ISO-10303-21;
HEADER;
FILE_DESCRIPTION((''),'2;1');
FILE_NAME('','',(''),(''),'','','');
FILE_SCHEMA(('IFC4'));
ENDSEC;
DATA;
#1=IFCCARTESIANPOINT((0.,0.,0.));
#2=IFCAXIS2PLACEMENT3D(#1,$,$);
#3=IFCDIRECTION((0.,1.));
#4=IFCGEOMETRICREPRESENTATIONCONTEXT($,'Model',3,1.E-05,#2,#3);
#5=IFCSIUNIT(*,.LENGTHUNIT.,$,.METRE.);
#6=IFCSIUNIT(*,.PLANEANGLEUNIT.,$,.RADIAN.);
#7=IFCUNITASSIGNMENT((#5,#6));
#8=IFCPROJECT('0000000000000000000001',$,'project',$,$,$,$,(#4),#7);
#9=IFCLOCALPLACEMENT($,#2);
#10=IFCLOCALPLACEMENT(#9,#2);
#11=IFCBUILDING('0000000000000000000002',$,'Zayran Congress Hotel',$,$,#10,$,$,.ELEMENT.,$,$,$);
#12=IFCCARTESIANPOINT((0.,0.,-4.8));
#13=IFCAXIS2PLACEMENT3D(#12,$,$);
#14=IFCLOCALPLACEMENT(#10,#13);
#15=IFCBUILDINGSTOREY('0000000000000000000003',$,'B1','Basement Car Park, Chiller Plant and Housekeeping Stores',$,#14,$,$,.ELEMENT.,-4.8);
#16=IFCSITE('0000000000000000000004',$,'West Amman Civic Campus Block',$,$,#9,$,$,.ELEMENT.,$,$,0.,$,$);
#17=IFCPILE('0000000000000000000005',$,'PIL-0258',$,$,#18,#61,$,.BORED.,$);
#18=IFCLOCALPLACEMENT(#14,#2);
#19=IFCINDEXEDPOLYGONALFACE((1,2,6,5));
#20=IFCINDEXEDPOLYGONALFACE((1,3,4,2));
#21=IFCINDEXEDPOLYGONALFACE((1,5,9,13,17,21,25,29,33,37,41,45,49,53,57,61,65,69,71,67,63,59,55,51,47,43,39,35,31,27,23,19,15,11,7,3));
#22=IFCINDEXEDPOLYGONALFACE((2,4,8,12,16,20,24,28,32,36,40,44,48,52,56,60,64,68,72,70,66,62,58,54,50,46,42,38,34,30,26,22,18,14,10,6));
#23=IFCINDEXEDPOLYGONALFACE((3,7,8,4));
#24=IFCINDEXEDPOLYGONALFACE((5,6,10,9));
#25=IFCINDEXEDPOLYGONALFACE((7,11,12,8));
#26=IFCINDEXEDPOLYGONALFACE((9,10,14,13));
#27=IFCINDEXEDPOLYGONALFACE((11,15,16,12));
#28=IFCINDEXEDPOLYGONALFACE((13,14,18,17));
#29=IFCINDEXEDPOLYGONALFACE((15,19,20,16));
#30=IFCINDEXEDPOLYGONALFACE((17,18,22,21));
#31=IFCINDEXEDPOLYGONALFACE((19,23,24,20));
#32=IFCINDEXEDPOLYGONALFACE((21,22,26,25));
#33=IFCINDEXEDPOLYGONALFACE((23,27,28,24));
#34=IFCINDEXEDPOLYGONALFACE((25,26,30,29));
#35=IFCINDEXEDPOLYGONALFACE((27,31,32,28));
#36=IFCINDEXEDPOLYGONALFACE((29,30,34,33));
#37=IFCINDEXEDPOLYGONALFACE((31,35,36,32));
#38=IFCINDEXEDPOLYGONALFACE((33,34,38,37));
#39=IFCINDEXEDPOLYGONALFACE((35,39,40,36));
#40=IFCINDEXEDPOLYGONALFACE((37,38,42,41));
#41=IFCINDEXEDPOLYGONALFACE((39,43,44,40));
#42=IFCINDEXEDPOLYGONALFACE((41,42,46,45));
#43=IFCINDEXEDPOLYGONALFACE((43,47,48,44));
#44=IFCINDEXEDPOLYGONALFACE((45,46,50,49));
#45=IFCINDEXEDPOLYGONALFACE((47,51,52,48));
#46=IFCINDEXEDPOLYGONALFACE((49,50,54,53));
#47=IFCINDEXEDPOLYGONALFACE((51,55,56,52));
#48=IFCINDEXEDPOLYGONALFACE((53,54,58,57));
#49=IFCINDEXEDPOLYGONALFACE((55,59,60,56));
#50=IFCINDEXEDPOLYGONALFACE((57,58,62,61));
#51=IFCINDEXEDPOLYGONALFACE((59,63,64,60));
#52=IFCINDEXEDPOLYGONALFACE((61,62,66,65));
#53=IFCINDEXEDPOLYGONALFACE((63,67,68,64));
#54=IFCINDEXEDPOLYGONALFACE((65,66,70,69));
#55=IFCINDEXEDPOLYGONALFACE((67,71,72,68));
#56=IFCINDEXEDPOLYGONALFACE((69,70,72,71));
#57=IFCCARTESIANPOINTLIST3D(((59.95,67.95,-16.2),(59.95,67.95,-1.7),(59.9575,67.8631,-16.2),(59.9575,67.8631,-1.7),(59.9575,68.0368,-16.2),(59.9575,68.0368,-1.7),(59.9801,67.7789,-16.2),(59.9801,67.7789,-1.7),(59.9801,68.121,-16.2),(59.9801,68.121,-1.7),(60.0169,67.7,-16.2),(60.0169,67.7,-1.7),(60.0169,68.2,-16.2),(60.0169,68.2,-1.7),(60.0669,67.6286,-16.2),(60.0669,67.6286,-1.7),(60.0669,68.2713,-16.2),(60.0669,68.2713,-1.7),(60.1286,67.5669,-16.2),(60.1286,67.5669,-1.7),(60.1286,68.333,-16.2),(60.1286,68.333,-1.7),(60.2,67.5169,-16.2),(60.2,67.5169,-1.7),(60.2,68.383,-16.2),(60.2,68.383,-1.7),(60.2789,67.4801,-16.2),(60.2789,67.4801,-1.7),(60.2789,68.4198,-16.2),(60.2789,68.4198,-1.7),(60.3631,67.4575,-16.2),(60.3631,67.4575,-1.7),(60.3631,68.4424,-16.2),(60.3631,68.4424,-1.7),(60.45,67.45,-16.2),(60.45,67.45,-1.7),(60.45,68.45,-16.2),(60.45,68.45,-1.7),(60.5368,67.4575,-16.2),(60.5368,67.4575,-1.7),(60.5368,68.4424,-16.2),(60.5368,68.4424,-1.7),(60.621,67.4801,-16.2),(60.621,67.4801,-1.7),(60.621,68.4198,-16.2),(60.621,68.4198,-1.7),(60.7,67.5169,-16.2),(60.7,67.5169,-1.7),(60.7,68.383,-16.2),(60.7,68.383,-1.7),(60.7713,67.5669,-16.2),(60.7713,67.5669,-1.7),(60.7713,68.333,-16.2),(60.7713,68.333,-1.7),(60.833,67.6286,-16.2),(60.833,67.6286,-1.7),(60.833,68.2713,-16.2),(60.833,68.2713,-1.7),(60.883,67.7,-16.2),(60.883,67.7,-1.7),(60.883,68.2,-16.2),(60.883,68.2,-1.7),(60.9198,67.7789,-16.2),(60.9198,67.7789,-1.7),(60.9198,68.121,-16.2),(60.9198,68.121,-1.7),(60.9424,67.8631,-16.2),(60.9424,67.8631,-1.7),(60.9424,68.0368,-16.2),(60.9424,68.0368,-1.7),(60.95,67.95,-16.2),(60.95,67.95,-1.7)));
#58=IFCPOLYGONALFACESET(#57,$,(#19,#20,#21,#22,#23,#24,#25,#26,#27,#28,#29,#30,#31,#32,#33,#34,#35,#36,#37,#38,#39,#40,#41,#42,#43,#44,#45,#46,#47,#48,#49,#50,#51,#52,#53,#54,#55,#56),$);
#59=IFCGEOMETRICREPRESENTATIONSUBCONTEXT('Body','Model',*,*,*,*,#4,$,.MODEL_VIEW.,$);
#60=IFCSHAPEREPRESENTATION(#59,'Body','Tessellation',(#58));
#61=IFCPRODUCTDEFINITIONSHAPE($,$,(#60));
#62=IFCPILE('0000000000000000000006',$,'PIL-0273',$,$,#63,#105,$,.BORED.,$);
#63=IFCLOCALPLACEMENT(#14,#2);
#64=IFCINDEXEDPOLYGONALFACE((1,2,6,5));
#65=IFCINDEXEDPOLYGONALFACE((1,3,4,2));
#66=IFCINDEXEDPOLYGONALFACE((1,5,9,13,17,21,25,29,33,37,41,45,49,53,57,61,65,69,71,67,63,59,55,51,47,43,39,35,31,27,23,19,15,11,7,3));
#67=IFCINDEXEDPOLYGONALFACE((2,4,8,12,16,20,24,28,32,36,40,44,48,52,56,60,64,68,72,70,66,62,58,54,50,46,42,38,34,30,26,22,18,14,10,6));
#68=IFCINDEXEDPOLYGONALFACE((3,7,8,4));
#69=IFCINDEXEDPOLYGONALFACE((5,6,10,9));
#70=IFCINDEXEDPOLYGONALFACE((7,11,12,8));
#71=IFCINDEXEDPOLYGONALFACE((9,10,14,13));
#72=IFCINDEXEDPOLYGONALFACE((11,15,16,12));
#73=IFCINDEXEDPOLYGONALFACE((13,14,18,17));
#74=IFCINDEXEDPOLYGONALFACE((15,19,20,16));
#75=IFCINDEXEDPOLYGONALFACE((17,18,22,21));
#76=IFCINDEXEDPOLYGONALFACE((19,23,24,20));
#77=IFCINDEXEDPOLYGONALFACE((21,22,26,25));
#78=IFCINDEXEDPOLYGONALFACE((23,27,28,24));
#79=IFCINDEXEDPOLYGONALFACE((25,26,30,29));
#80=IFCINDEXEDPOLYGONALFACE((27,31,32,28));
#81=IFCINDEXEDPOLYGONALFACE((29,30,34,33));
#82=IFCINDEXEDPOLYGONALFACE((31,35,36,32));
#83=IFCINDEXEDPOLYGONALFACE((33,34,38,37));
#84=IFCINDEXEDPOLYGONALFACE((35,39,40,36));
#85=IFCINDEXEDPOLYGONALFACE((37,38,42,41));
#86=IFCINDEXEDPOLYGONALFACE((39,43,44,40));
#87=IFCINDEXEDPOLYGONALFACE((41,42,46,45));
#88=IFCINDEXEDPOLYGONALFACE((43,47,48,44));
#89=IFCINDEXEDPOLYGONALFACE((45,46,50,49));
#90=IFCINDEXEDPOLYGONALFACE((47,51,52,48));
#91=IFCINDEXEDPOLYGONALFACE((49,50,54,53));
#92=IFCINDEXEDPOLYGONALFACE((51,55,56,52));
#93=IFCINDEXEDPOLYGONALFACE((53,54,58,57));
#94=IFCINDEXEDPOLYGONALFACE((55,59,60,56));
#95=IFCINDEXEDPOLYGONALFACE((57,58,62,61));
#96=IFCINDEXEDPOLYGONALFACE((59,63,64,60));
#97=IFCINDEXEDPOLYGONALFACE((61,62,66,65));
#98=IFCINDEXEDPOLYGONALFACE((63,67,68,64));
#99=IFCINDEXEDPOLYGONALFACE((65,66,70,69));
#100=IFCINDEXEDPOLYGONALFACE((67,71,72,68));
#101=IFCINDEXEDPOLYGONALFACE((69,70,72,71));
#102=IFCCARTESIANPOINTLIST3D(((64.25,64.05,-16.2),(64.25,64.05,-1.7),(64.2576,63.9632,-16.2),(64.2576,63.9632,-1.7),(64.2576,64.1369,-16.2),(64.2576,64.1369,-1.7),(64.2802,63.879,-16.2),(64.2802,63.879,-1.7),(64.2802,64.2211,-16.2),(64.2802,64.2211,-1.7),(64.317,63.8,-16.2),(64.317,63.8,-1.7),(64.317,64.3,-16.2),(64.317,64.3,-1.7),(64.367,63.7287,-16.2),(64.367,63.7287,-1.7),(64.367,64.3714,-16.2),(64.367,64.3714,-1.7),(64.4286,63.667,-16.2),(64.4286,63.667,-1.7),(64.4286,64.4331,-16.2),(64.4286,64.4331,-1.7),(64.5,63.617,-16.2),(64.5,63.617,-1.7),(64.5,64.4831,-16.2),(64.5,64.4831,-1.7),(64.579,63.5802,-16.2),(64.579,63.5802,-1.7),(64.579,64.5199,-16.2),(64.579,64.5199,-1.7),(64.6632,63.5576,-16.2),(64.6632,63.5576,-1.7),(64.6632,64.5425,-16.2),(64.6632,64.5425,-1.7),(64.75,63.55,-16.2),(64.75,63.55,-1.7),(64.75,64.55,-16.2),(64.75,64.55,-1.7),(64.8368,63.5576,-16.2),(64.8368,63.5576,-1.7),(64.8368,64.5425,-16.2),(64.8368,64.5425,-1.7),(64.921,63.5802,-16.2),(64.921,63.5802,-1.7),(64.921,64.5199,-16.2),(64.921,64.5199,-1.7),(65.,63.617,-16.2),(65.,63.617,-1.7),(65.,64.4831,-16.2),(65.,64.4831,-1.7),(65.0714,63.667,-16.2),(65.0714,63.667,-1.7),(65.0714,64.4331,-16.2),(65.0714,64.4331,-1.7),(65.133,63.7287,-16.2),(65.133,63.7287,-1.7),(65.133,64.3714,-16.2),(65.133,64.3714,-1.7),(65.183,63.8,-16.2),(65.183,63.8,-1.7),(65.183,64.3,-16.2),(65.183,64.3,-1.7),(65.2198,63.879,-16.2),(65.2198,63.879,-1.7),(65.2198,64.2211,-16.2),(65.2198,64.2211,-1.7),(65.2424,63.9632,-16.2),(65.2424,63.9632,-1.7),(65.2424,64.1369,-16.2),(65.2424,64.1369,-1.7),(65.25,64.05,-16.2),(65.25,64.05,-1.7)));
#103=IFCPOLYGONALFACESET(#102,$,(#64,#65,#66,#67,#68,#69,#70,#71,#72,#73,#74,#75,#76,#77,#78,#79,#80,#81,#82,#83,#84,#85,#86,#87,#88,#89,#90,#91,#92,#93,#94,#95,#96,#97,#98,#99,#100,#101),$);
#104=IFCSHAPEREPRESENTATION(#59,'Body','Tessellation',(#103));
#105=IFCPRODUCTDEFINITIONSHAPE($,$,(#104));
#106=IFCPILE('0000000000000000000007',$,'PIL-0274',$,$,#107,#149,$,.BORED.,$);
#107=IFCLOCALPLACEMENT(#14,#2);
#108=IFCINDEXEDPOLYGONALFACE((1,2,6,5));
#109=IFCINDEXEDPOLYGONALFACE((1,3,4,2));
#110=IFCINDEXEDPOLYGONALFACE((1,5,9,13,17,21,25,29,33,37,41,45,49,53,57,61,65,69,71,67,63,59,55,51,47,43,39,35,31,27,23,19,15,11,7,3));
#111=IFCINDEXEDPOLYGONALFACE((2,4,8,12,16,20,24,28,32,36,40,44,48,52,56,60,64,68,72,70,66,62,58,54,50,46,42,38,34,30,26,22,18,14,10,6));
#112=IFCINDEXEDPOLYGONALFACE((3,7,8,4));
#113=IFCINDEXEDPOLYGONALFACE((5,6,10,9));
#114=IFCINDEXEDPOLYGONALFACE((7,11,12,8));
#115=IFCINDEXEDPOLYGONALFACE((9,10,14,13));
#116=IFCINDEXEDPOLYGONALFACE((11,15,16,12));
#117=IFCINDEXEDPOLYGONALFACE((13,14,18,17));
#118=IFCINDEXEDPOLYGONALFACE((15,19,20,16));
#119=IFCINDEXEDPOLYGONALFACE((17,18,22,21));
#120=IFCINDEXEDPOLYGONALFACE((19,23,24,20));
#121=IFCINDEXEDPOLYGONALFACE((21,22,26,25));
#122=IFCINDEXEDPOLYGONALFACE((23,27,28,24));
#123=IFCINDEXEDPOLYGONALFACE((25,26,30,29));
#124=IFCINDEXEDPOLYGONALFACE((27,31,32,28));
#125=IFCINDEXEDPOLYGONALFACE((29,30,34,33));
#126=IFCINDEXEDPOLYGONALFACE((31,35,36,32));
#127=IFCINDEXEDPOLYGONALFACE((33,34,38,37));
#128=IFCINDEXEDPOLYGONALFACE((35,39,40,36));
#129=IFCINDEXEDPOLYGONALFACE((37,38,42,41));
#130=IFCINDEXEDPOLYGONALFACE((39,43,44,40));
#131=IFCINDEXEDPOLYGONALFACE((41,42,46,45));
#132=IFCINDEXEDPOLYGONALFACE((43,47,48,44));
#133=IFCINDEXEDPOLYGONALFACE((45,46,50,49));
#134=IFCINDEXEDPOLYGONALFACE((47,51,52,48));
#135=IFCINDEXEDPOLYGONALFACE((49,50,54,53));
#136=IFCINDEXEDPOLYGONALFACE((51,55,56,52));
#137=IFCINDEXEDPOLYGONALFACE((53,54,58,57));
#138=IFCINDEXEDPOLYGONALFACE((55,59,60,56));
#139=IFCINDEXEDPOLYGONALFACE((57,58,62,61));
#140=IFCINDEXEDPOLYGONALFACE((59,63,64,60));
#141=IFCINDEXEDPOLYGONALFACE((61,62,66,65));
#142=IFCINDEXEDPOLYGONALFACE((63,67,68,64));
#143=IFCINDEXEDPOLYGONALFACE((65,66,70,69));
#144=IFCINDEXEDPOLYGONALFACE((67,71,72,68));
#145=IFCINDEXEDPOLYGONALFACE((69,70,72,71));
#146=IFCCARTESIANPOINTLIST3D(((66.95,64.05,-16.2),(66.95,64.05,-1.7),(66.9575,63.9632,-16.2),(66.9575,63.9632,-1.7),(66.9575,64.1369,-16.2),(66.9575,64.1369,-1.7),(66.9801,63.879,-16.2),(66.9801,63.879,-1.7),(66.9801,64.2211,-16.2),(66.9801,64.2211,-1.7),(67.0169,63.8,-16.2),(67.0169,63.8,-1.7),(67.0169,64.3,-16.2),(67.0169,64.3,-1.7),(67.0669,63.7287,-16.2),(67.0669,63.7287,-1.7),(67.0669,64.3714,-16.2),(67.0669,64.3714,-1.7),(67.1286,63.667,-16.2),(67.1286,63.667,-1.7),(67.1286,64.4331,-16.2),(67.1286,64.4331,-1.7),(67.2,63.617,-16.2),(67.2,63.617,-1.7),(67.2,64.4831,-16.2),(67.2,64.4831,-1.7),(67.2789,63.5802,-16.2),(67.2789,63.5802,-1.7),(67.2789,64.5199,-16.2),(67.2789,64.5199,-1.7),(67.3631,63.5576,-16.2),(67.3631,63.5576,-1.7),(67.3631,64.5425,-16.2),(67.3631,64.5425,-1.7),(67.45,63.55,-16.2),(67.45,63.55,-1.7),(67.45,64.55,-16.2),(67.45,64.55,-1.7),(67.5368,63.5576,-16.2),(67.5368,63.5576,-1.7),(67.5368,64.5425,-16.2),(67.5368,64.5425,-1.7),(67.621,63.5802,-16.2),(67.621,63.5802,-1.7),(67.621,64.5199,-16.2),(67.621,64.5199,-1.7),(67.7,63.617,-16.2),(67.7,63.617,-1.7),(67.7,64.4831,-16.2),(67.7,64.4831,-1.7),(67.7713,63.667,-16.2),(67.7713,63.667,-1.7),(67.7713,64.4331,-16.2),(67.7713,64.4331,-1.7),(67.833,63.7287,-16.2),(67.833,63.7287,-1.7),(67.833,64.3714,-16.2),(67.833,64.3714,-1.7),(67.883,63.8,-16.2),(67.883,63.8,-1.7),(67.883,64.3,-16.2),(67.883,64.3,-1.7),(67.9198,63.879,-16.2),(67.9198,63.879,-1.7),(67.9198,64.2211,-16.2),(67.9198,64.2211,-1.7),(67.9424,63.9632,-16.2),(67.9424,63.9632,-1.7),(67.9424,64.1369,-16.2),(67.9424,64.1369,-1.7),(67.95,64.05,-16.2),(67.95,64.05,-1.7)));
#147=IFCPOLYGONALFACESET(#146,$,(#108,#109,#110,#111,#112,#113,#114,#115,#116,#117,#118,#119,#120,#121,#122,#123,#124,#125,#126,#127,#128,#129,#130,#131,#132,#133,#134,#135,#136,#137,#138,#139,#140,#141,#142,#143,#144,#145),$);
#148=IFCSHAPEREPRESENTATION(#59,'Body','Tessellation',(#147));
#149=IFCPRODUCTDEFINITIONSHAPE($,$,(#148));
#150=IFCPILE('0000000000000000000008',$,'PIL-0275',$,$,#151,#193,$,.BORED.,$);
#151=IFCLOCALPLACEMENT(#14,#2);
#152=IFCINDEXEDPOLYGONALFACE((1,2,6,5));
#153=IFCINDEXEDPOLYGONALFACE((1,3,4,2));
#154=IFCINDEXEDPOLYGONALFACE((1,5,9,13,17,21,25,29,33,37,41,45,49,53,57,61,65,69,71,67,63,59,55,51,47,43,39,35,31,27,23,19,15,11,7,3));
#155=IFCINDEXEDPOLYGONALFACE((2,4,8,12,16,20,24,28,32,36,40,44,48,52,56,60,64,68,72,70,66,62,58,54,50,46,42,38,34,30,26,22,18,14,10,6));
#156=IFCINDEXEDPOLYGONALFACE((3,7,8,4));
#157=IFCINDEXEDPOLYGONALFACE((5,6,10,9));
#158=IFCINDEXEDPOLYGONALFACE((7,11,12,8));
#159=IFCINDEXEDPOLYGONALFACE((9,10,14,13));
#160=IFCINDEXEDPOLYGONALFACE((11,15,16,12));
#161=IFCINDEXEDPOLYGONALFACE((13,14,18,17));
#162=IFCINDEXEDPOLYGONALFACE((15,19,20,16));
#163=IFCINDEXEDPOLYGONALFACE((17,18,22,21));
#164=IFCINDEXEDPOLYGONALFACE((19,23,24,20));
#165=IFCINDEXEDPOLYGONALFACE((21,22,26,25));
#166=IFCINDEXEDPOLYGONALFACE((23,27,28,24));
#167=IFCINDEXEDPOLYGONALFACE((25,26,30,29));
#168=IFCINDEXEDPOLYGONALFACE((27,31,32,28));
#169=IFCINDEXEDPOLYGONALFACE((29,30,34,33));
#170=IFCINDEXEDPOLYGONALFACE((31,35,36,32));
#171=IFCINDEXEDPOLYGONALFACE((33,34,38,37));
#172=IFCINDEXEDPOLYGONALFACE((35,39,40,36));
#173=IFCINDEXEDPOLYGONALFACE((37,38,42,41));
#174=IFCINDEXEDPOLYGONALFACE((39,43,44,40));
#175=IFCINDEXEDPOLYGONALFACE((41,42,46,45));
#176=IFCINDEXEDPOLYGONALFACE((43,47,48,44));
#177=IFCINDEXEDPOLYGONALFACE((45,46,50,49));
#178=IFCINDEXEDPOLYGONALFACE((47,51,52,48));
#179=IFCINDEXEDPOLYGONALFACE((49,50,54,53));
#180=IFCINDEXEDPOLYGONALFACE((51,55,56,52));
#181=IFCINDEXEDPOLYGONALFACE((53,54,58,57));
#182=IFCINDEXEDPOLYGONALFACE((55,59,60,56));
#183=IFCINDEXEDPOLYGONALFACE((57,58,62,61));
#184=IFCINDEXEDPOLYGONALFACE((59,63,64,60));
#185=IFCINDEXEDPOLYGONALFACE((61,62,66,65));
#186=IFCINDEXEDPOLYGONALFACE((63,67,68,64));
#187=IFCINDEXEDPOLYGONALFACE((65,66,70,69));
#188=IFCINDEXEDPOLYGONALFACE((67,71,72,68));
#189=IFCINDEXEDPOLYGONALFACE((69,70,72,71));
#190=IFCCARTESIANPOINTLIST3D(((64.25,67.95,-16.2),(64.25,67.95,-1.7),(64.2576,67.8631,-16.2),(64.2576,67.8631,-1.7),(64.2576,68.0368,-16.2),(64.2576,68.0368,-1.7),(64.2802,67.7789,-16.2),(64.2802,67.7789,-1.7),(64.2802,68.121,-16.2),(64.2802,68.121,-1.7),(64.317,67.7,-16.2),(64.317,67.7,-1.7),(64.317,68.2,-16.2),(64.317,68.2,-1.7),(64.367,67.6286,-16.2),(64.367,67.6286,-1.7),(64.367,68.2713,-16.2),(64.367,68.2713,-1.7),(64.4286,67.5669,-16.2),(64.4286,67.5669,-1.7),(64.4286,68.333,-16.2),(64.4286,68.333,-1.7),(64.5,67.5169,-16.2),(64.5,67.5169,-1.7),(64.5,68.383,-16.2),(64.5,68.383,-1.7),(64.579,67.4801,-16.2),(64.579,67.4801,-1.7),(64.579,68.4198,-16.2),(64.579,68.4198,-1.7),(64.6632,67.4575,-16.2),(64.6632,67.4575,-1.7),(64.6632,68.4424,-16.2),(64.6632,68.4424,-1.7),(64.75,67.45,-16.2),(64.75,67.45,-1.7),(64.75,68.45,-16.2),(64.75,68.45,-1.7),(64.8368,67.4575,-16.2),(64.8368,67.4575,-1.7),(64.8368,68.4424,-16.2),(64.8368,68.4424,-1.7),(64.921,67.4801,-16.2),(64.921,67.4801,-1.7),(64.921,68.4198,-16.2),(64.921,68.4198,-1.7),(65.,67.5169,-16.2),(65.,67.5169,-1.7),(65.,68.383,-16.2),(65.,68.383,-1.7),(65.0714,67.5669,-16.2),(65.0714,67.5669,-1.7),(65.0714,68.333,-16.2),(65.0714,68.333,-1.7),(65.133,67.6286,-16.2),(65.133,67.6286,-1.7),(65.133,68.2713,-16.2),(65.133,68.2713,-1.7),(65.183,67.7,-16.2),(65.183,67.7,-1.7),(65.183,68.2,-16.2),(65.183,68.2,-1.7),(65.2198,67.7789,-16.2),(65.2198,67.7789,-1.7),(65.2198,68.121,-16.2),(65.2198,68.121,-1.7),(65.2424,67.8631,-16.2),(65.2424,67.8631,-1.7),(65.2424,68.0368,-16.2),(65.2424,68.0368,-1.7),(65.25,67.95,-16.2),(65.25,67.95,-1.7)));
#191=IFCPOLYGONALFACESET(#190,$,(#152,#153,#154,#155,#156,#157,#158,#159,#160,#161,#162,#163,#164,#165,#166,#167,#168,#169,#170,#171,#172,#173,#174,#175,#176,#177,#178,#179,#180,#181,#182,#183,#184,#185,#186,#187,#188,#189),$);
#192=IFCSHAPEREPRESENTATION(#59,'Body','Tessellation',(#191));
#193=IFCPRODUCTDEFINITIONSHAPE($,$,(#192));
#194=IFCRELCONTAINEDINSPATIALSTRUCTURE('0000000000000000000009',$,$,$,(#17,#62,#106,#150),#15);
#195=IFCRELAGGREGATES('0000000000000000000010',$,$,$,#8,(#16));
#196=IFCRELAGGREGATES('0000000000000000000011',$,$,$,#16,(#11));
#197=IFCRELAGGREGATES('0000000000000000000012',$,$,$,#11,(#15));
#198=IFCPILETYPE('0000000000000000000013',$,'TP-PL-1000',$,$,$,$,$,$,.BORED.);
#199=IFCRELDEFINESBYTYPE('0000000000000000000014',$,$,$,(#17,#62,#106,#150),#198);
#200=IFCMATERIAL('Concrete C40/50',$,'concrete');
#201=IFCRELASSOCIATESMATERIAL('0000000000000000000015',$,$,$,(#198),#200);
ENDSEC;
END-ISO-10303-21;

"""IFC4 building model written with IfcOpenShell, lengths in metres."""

from ifc_helpers import new_model, si_unit, direction, frame, origin, origin_2d, place, context, subcontext, project, spatial, circle, extrude, material, material_profile, profile_set, type_object, element, save


model = new_model("IFC4")

# Units and contexts
model_context = context("Model", 3, precision=1e-05, world=origin(), true_north=direction((0.0, 1.0)))
body_context = subcontext(model_context, "Body", "Model", "MODEL_VIEW")
ifc_project = project(units=[si_unit("LENGTHUNIT", "METRE"), si_unit("PLANEANGLEUNIT", "RADIAN")], contexts=[model_context])

# Site, building, storey
site_placement = place(None, origin())
site = spatial("IfcSite", under=ifc_project, at=site_placement, Name="West Amman Civic Campus Block", CompositionType="ELEMENT", RefElevation=0.0)
building_placement = place(site_placement, origin())
building = spatial("IfcBuilding", under=site, at=building_placement, Name="Zayran Congress Hotel", CompositionType="ELEMENT")
storey_placement = place(building_placement, frame((0.0, 0.0, -4.8)))
storey = spatial("IfcBuildingStorey", under=building, at=storey_placement, Name="B1", Description="Basement Car Park, Chiller Plant and Housekeeping Stores", CompositionType="ELEMENT", Elevation=-4.8)

# Piles
ifc_material_1 = material(Name="Concrete C40/50", Category="concrete")
ifc_material_profile_1 = material_profile(ifc_material_1, circle(Radius=0.5, at=origin_2d()), Name="PILE D1000")
ifc_profile_set_1 = profile_set([ifc_material_profile_1], Name="Concrete C40/50")
pile_type_1 = type_object("IfcPileType", Name="TP-PL-1000", PredefinedType="BORED", material=ifc_profile_set_1)
for number, where, z_axis, x_axis, name in (
    (1, (60.45, 67.95, -1.7), (0.0, 0.0, -1.0), (1.0, 0.0, 0.0), "PIL-0258"),
    (2, (64.75, 64.05, -1.7), (0.0, 0.0, -1.0), (1.0, 0.0, 0.0), "PIL-0273"),
    (3, (67.45, 64.05, -1.7), (0.0, 0.0, -1.0), (1.0, 0.0, 0.0), "PIL-0274"),
    (4, (64.75, 67.95, -1.7), (0.0, 0.0, -1.0), (1.0, 0.0, 0.0), "PIL-0275"),
):
    element("IfcPile", number, at=place(storey_placement, frame(where, z_axis=z_axis, x_axis=x_axis)), inside=storey, type_object=pile_type_1, Name=name, PredefinedType="BORED", context=body_context, shape_type="SweptSolid", body=[
        extrude(circle(Radius=0.5, at=origin_2d()), origin(), (0.0, 0.0, 1.0), 14.5),
    ])

save(model, "model.ifc")
